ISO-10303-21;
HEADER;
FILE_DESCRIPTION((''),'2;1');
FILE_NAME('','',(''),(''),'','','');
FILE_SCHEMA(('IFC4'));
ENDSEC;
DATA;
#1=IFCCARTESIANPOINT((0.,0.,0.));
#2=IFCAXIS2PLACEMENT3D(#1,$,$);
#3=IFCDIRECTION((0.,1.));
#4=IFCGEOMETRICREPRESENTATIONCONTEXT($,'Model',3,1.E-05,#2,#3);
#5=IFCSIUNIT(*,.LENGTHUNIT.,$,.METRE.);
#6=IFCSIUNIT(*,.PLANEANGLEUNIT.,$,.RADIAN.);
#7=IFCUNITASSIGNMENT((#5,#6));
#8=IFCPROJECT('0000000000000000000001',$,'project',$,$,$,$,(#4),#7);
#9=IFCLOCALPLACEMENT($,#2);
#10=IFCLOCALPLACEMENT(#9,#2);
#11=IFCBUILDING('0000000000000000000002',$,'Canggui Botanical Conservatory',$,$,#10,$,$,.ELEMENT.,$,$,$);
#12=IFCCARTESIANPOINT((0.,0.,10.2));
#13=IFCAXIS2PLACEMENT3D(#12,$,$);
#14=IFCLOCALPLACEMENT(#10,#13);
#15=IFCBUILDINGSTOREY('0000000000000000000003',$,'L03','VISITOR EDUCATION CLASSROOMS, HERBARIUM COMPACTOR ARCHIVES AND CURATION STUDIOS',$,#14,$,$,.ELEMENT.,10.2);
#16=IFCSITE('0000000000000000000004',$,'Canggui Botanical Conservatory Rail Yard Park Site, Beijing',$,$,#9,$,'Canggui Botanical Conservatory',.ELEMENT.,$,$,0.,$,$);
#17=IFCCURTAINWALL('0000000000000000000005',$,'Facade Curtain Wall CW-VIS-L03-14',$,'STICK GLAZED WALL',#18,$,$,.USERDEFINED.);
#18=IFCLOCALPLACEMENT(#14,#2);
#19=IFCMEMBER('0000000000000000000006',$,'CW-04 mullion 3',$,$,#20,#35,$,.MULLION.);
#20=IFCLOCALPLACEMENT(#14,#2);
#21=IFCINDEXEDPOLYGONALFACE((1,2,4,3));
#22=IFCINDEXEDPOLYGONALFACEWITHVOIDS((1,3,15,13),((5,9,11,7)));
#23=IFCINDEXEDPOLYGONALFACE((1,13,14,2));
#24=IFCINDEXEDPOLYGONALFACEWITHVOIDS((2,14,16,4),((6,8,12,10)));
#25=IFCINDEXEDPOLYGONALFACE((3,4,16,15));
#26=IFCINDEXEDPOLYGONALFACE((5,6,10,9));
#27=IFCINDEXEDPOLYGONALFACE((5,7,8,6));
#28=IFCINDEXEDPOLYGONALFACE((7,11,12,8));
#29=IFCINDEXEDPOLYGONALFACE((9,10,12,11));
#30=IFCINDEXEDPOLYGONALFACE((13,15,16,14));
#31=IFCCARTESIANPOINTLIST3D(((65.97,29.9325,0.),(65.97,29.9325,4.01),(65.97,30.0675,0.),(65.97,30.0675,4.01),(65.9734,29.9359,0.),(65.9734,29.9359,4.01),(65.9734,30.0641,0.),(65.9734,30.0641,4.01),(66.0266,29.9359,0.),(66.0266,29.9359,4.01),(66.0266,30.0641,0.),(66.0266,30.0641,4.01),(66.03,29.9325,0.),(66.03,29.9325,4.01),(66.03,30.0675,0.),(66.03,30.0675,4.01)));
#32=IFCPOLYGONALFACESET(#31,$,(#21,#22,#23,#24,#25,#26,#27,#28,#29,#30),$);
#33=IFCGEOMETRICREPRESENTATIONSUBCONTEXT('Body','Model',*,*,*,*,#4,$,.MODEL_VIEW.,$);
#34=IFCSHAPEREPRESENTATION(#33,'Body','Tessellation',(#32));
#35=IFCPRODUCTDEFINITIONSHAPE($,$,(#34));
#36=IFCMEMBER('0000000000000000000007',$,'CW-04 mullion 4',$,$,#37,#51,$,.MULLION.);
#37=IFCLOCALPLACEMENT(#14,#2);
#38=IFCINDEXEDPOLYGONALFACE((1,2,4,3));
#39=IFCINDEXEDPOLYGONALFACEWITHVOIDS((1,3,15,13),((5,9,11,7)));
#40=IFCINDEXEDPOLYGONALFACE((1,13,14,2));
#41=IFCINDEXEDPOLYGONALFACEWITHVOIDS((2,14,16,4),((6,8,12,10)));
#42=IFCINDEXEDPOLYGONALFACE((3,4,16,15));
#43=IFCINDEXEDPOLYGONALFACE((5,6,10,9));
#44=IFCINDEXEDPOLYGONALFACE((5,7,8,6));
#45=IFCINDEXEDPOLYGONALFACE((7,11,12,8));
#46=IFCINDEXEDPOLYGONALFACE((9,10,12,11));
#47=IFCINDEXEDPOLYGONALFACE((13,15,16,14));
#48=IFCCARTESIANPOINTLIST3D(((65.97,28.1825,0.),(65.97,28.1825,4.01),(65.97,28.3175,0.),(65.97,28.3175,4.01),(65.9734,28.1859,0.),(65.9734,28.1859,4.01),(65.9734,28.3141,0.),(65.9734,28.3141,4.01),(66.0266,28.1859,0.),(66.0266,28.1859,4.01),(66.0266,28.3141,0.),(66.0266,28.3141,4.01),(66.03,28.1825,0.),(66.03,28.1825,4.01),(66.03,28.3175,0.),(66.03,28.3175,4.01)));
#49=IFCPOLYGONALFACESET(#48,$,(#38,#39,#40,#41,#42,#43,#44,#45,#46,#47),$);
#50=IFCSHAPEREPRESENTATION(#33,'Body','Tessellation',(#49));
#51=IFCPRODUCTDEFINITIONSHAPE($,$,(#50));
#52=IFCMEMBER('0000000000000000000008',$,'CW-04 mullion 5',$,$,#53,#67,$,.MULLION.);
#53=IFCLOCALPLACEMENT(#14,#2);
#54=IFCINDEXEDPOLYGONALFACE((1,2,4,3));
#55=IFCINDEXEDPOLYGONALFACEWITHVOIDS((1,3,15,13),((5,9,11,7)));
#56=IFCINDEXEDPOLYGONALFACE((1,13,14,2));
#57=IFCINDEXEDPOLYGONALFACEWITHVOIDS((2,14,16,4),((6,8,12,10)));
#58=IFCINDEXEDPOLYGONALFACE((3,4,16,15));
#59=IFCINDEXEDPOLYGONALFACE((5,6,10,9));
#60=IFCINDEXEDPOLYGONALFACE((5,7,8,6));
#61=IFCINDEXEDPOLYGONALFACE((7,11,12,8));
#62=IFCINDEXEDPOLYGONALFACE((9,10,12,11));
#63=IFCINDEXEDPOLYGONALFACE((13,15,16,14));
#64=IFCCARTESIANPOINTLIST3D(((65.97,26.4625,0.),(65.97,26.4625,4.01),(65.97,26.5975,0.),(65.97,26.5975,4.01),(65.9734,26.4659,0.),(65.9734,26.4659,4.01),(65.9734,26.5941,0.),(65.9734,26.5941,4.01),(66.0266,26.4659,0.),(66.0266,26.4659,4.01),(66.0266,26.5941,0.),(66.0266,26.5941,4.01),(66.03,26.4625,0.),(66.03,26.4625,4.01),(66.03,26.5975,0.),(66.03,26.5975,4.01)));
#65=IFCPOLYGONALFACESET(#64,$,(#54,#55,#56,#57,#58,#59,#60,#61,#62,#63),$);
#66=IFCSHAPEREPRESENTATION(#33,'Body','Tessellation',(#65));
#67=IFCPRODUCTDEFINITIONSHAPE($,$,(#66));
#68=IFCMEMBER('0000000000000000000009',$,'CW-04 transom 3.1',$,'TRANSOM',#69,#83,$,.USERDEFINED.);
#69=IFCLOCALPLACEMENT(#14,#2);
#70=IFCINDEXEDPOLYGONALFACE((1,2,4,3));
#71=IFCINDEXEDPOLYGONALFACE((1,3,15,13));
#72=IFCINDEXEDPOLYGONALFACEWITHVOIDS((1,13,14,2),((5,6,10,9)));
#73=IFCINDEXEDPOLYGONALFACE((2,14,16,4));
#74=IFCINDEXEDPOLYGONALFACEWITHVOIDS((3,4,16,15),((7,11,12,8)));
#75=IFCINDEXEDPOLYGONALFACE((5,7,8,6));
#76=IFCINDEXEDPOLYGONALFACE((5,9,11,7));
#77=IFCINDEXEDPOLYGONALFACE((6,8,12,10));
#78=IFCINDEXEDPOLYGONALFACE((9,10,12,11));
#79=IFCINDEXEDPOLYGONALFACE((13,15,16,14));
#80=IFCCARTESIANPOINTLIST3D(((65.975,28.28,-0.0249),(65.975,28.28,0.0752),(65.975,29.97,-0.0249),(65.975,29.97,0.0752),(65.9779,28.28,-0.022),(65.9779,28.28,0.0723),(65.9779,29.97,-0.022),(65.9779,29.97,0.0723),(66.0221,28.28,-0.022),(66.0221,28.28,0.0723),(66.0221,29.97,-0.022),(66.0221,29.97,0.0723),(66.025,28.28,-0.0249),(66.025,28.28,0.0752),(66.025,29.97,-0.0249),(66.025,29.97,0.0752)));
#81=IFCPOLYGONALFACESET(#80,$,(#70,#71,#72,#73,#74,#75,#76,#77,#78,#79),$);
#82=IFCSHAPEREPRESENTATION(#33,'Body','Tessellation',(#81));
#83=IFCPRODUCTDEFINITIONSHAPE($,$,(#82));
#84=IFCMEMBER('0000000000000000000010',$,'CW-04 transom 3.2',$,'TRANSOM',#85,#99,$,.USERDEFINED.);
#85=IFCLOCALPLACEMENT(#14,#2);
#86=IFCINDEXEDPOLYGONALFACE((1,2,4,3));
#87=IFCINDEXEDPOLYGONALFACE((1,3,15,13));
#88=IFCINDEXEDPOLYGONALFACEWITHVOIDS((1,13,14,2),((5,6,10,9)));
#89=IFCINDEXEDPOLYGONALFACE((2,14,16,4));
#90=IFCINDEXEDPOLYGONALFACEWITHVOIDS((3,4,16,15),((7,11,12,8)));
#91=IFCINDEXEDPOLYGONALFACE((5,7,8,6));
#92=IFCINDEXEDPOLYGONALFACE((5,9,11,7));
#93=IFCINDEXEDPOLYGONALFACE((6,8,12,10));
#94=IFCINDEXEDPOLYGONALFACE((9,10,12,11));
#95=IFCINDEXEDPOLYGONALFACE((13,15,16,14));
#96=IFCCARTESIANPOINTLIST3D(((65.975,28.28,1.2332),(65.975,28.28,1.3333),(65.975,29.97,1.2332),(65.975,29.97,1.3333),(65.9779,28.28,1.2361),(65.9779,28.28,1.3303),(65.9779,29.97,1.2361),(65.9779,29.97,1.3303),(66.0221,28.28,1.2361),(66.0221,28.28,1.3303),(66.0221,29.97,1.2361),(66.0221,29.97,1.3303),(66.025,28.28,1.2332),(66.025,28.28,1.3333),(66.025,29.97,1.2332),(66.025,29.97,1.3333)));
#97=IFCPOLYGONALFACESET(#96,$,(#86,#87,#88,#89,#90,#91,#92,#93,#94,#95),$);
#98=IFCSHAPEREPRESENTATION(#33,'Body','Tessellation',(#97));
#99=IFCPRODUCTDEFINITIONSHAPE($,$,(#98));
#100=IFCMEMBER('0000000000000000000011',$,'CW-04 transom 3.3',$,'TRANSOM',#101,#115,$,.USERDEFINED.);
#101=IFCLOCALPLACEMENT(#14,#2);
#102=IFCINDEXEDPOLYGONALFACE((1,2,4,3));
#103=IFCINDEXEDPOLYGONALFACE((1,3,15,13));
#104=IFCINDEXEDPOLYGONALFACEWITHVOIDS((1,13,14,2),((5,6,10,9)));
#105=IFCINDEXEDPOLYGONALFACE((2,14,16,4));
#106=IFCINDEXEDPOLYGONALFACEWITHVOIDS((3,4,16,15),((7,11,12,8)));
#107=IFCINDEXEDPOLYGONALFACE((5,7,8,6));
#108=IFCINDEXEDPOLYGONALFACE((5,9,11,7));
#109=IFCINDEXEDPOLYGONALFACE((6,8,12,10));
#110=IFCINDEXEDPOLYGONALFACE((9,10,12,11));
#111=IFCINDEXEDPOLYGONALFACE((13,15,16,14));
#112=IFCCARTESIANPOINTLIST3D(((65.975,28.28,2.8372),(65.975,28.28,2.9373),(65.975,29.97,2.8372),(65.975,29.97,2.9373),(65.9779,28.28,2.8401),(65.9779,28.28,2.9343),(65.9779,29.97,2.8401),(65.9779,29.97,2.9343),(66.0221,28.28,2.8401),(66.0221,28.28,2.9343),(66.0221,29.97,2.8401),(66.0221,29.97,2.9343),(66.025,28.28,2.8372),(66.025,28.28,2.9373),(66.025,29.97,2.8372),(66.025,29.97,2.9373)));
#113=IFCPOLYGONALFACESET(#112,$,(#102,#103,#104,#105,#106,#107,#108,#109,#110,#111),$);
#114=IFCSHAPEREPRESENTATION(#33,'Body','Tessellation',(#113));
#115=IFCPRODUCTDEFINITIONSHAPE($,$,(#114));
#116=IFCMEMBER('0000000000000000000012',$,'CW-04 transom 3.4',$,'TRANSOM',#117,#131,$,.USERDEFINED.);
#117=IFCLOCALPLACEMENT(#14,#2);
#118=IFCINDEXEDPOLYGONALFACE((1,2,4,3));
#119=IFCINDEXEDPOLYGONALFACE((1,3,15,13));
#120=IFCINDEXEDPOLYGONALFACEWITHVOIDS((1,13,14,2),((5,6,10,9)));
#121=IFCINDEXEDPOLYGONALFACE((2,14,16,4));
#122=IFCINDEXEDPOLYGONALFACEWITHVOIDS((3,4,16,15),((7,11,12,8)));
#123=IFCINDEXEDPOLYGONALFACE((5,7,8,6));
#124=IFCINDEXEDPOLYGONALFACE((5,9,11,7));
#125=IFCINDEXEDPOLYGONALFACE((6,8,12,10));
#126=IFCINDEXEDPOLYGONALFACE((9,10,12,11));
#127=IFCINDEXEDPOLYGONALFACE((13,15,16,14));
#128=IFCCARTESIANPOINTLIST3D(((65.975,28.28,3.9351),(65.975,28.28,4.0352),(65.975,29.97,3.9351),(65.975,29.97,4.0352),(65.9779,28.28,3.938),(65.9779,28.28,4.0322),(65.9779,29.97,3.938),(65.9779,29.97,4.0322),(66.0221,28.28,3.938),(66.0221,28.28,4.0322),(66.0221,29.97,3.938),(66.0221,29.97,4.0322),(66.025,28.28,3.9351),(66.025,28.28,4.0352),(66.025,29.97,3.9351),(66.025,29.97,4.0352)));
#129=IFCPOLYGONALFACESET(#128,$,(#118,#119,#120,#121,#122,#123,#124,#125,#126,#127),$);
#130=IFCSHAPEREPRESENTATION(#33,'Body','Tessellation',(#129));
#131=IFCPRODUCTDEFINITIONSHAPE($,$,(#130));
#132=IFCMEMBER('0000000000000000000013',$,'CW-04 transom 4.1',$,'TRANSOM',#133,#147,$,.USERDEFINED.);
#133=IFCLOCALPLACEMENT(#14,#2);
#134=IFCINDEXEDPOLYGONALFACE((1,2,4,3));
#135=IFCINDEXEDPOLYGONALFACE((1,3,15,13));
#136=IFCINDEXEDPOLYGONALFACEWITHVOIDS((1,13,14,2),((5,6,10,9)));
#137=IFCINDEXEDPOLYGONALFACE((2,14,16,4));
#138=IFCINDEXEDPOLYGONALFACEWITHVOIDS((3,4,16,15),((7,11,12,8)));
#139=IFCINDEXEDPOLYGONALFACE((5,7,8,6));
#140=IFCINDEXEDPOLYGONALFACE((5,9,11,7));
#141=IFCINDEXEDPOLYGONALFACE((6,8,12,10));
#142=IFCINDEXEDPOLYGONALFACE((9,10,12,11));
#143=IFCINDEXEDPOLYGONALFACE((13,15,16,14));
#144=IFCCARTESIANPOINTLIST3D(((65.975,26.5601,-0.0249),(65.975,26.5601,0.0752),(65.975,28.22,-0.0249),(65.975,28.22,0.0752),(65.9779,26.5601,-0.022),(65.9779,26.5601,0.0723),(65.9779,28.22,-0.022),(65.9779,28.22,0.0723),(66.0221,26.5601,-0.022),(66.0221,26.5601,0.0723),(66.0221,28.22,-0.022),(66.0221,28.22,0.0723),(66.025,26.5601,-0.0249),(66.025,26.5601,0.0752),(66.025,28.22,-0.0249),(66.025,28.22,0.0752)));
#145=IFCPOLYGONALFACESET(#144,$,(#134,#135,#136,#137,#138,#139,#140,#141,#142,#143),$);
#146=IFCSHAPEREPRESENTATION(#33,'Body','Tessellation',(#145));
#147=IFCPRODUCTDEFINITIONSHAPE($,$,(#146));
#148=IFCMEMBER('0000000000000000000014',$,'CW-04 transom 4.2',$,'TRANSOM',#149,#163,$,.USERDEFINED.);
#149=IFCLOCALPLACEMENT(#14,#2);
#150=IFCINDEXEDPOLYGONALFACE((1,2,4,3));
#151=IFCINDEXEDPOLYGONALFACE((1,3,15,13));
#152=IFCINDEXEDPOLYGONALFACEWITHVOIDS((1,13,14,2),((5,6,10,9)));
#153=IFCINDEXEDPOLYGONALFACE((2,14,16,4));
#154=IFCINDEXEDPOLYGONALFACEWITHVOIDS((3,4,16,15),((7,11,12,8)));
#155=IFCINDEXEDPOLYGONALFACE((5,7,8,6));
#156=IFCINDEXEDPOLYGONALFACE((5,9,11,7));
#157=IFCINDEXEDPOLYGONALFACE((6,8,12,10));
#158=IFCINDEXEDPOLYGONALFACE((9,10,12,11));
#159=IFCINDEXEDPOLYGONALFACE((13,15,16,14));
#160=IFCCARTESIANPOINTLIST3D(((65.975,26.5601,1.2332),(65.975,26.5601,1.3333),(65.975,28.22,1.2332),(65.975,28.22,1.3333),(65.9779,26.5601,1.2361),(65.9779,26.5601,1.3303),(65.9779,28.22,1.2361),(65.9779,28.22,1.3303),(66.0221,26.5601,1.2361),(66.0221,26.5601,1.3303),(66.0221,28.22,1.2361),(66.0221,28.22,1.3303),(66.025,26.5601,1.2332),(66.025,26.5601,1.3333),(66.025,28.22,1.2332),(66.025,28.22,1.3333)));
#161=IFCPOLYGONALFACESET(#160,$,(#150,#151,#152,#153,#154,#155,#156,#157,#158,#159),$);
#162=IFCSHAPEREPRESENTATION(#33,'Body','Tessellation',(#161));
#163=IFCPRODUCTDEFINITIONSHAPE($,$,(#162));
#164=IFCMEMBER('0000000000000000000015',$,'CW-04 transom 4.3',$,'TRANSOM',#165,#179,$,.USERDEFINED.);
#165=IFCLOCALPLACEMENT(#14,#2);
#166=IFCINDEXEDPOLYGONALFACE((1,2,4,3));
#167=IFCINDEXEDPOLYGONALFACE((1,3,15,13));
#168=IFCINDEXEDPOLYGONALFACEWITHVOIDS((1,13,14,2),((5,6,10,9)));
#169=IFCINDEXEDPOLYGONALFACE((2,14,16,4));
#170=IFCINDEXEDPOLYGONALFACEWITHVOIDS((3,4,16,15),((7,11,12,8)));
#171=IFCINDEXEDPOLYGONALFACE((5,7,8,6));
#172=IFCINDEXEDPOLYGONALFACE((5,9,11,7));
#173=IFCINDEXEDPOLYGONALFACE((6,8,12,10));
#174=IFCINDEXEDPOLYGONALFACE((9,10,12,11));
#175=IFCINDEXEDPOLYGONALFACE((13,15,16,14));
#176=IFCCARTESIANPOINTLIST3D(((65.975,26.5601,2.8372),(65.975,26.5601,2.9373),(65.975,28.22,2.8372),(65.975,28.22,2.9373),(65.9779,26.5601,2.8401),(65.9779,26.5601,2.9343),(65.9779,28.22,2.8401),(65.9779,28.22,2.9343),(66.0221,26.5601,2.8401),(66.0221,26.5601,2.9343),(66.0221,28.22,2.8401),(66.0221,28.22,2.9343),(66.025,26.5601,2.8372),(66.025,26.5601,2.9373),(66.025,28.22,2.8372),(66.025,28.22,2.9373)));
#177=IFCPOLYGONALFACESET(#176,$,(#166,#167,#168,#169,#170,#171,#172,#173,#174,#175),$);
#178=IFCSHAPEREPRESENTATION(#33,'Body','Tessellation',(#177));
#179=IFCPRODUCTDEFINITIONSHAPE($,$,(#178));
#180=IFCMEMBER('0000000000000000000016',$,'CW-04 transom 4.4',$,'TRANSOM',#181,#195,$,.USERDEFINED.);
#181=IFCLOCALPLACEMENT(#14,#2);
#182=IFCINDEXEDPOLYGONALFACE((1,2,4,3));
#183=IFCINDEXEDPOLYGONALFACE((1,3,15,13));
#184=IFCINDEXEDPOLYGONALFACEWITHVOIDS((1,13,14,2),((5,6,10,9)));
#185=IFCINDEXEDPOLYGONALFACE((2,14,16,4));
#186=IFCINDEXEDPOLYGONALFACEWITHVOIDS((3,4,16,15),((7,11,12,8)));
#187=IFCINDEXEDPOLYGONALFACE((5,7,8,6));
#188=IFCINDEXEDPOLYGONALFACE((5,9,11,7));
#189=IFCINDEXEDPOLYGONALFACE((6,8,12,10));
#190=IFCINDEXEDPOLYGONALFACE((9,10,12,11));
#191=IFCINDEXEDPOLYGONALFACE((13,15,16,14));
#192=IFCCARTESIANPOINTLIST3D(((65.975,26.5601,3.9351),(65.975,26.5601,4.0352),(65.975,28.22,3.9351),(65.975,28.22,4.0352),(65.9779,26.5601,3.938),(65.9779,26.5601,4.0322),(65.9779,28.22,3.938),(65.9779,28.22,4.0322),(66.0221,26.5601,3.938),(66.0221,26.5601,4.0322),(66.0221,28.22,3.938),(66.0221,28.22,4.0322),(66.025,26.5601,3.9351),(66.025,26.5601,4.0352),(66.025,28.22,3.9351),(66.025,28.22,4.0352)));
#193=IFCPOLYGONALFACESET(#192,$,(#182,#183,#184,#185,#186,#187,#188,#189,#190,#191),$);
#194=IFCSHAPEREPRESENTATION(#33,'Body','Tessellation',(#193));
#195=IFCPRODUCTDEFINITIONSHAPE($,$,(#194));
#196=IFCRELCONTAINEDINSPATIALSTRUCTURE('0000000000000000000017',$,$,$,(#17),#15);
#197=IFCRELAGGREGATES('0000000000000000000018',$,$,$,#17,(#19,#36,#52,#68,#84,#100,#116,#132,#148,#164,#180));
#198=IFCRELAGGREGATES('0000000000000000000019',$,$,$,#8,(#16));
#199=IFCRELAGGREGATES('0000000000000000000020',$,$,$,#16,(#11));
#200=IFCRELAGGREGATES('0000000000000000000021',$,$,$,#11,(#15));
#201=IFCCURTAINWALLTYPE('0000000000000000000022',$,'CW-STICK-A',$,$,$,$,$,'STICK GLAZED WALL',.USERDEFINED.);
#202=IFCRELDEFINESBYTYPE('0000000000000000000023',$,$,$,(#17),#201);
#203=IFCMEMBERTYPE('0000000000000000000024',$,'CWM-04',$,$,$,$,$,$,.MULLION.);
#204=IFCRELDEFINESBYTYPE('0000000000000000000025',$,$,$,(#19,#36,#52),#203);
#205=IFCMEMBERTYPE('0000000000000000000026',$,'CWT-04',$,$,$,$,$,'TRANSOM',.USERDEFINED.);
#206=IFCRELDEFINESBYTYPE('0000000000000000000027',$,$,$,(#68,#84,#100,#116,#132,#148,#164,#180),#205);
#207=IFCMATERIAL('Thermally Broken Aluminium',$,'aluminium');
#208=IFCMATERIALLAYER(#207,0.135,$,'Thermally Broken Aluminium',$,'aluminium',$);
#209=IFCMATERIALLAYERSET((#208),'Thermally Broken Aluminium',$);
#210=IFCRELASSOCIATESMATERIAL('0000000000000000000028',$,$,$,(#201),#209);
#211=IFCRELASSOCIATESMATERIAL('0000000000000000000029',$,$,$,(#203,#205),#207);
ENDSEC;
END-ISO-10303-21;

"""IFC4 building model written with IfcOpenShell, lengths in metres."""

from ifc_helpers import new_model, si_unit, direction, frame, origin, origin_2d, place, context, subcontext, project, spatial, hollow_rectangle, extrude, material, layer, layer_set, material_profile, profile_set, type_object, element, aggregate, save


model = new_model("IFC4")

# Units and contexts
model_context = context("Model", 3, precision=1e-05, world=origin(), true_north=direction((0.0, 1.0)))
body_context = subcontext(model_context, "Body", "Model", "MODEL_VIEW")
ifc_project = project(units=[si_unit("LENGTHUNIT", "METRE"), si_unit("PLANEANGLEUNIT", "RADIAN")], contexts=[model_context])

# Site, building, storey
site_placement = place(None, origin())
site = spatial("IfcSite", under=ifc_project, at=site_placement, Name="Canggui Botanical Conservatory Rail Yard Park Site, Beijing", LongName="Canggui Botanical Conservatory", CompositionType="ELEMENT", RefElevation=0.0)
building_placement = place(site_placement, origin())
building = spatial("IfcBuilding", under=site, at=building_placement, Name="Canggui Botanical Conservatory", CompositionType="ELEMENT")
storey_placement = place(building_placement, frame((0.0, 0.0, 10.2)))
storey = spatial("IfcBuildingStorey", under=building, at=storey_placement, Name="L03", Description="VISITOR EDUCATION CLASSROOMS, HERBARIUM COMPACTOR ARCHIVES AND CURATION STUDIOS", CompositionType="ELEMENT", Elevation=10.2)

# Shared definitions
ifc_material_1 = material(Name="Thermally Broken Aluminium", Category="aluminium")

# Curtain wall, members
ifc_layer_1 = layer(ifc_material_1, 0.135, Name="Thermally Broken Aluminium", Category="aluminium")
ifc_layer_set_1 = layer_set([ifc_layer_1], Name="Thermally Broken Aluminium")
curtain_wall_type_1 = type_object("IfcCurtainWallType", Name="CW-STICK-A", ElementType="STICK GLAZED WALL", PredefinedType="USERDEFINED", material=ifc_layer_set_1)
curtain_wall_1_placement = place(storey_placement, origin())
curtain_wall_1 = element("IfcCurtainWall", 1, at=curtain_wall_1_placement, inside=storey, type_object=curtain_wall_type_1, Name="Facade Curtain Wall CW-VIS-L03-14", ObjectType="STICK GLAZED WALL", PredefinedType="USERDEFINED")
ifc_material_profile_1 = material_profile(ifc_material_1, hollow_rectangle(XDim=0.0601, YDim=0.135, WallThickness=0.0034, at=origin_2d()), Name="CWM 60x135x3.5")
ifc_profile_set_1 = profile_set([ifc_material_profile_1], Name="Thermally Broken Aluminium")
member_type_1 = type_object("IfcMemberType", Name="CWM-04", PredefinedType="MULLION", material=ifc_profile_set_1)
member_1_placement = place(storey_placement, frame((66.0, 30.0, 0.0), z_axis=(0.0, 0.0, 1.0), x_axis=(1.0, 0.0, 0.0)))
member_1 = element("IfcMember", 2, at=member_1_placement, type_object=member_type_1, Name="CW-04 mullion 3", PredefinedType="MULLION", context=body_context, shape_type="SweptSolid", body=[
    extrude(hollow_rectangle(XDim=0.0601, YDim=0.135, WallThickness=0.0034, at=origin_2d()), origin(), (0.0, 0.0, 1.0), 4.01),
])
member_2_placement = place(storey_placement, frame((66.0, 28.25, 0.0), z_axis=(0.0, 0.0, 1.0), x_axis=(1.0, 0.0, 0.0)))
member_2 = element("IfcMember", 3, at=member_2_placement, type_object=member_type_1, Name="CW-04 mullion 4", PredefinedType="MULLION", context=body_context, shape_type="SweptSolid", body=[
    extrude(hollow_rectangle(XDim=0.0601, YDim=0.135, WallThickness=0.0034, at=origin_2d()), origin(), (0.0, 0.0, 1.0), 4.01),
])
member_3_placement = place(storey_placement, frame((66.0, 26.53, 0.0), z_axis=(0.0, 0.0, 1.0), x_axis=(1.0, 0.0, 0.0)))
member_3 = element("IfcMember", 4, at=member_3_placement, type_object=member_type_1, Name="CW-04 mullion 5", PredefinedType="MULLION", context=body_context, shape_type="SweptSolid", body=[
    extrude(hollow_rectangle(XDim=0.0601, YDim=0.135, WallThickness=0.0034, at=origin_2d()), origin(), (0.0, 0.0, 1.0), 4.01),
])
ifc_material_profile_2 = material_profile(ifc_material_1, hollow_rectangle(XDim=0.05, YDim=0.1001, WallThickness=0.0029, at=origin_2d()), Name="CWT 50x100x3")
ifc_profile_set_2 = profile_set([ifc_material_profile_2], Name="Thermally Broken Aluminium")
member_type_2 = type_object("IfcMemberType", Name="CWT-04", ElementType="TRANSOM", PredefinedType="USERDEFINED", material=ifc_profile_set_2)
member_4_placement = place(storey_placement, frame((66.0, 29.97, 0.0251), z_axis=(0.0, -1.0, 0.0), x_axis=(1.0, 0.0, 0.0)))
member_4 = element("IfcMember", 5, at=member_4_placement, type_object=member_type_2, Name="CW-04 transom 3.1", ObjectType="TRANSOM", PredefinedType="USERDEFINED", context=body_context, shape_type="SweptSolid", body=[
    extrude(hollow_rectangle(XDim=0.05, YDim=0.1001, WallThickness=0.0029, at=origin_2d()), origin(), (0.0, 0.0, 1.0), 1.6899),
])
member_5_placement = place(storey_placement, frame((66.0, 29.97, 1.2832), z_axis=(0.0, -1.0, 0.0), x_axis=(1.0, 0.0, 0.0)))
member_5 = element("IfcMember", 6, at=member_5_placement, type_object=member_type_2, Name="CW-04 transom 3.2", ObjectType="TRANSOM", PredefinedType="USERDEFINED", context=body_context, shape_type="SweptSolid", body=[
    extrude(hollow_rectangle(XDim=0.05, YDim=0.1001, WallThickness=0.0029, at=origin_2d()), origin(), (0.0, 0.0, 1.0), 1.6899),
])
member_6_placement = place(storey_placement, frame((66.0, 29.97, 2.8872), z_axis=(0.0, -1.0, 0.0), x_axis=(1.0, 0.0, 0.0)))
member_6 = element("IfcMember", 7, at=member_6_placement, type_object=member_type_2, Name="CW-04 transom 3.3", ObjectType="TRANSOM", PredefinedType="USERDEFINED", context=body_context, shape_type="SweptSolid", body=[
    extrude(hollow_rectangle(XDim=0.05, YDim=0.1001, WallThickness=0.0029, at=origin_2d()), origin(), (0.0, 0.0, 1.0), 1.6899),
])
member_7_placement = place(storey_placement, frame((66.0, 29.97, 3.9851), z_axis=(0.0, -1.0, 0.0), x_axis=(1.0, 0.0, 0.0)))
member_7 = element("IfcMember", 8, at=member_7_placement, type_object=member_type_2, Name="CW-04 transom 3.4", ObjectType="TRANSOM", PredefinedType="USERDEFINED", context=body_context, shape_type="SweptSolid", body=[
    extrude(hollow_rectangle(XDim=0.05, YDim=0.1001, WallThickness=0.0029, at=origin_2d()), origin(), (0.0, 0.0, 1.0), 1.6899),
])
member_8_placement = place(storey_placement, frame((66.0, 28.22, 0.0251), z_axis=(0.0, -1.0, 0.0), x_axis=(1.0, 0.0, 0.0)))
member_8 = element("IfcMember", 9, at=member_8_placement, type_object=member_type_2, Name="CW-04 transom 4.1", ObjectType="TRANSOM", PredefinedType="USERDEFINED", context=body_context, shape_type="SweptSolid", body=[
    extrude(hollow_rectangle(XDim=0.05, YDim=0.1001, WallThickness=0.0029, at=origin_2d()), origin(), (0.0, 0.0, 1.0), 1.6599),
])
member_9_placement = place(storey_placement, frame((66.0, 28.22, 1.2832), z_axis=(0.0, -1.0, 0.0), x_axis=(1.0, 0.0, 0.0)))
member_9 = element("IfcMember", 10, at=member_9_placement, type_object=member_type_2, Name="CW-04 transom 4.2", ObjectType="TRANSOM", PredefinedType="USERDEFINED", context=body_context, shape_type="SweptSolid", body=[
    extrude(hollow_rectangle(XDim=0.05, YDim=0.1001, WallThickness=0.0029, at=origin_2d()), origin(), (0.0, 0.0, 1.0), 1.6599),
])
member_10_placement = place(storey_placement, frame((66.0, 28.22, 2.8872), z_axis=(0.0, -1.0, 0.0), x_axis=(1.0, 0.0, 0.0)))
member_10 = element("IfcMember", 11, at=member_10_placement, type_object=member_type_2, Name="CW-04 transom 4.3", ObjectType="TRANSOM", PredefinedType="USERDEFINED", context=body_context, shape_type="SweptSolid", body=[
    extrude(hollow_rectangle(XDim=0.05, YDim=0.1001, WallThickness=0.0029, at=origin_2d()), origin(), (0.0, 0.0, 1.0), 1.6599),
])
member_11_placement = place(storey_placement, frame((66.0, 28.22, 3.9851), z_axis=(0.0, -1.0, 0.0), x_axis=(1.0, 0.0, 0.0)))
member_11 = element("IfcMember", 12, at=member_11_placement, type_object=member_type_2, Name="CW-04 transom 4.4", ObjectType="TRANSOM", PredefinedType="USERDEFINED", context=body_context, shape_type="SweptSolid", body=[
    extrude(hollow_rectangle(XDim=0.05, YDim=0.1001, WallThickness=0.0029, at=origin_2d()), origin(), (0.0, 0.0, 1.0), 1.6599),
])
aggregate(curtain_wall_1, [member_1, member_2, member_3, member_4, member_5, member_6, member_7, member_8, member_9, member_10, member_11])

save(model, "model.ifc")
